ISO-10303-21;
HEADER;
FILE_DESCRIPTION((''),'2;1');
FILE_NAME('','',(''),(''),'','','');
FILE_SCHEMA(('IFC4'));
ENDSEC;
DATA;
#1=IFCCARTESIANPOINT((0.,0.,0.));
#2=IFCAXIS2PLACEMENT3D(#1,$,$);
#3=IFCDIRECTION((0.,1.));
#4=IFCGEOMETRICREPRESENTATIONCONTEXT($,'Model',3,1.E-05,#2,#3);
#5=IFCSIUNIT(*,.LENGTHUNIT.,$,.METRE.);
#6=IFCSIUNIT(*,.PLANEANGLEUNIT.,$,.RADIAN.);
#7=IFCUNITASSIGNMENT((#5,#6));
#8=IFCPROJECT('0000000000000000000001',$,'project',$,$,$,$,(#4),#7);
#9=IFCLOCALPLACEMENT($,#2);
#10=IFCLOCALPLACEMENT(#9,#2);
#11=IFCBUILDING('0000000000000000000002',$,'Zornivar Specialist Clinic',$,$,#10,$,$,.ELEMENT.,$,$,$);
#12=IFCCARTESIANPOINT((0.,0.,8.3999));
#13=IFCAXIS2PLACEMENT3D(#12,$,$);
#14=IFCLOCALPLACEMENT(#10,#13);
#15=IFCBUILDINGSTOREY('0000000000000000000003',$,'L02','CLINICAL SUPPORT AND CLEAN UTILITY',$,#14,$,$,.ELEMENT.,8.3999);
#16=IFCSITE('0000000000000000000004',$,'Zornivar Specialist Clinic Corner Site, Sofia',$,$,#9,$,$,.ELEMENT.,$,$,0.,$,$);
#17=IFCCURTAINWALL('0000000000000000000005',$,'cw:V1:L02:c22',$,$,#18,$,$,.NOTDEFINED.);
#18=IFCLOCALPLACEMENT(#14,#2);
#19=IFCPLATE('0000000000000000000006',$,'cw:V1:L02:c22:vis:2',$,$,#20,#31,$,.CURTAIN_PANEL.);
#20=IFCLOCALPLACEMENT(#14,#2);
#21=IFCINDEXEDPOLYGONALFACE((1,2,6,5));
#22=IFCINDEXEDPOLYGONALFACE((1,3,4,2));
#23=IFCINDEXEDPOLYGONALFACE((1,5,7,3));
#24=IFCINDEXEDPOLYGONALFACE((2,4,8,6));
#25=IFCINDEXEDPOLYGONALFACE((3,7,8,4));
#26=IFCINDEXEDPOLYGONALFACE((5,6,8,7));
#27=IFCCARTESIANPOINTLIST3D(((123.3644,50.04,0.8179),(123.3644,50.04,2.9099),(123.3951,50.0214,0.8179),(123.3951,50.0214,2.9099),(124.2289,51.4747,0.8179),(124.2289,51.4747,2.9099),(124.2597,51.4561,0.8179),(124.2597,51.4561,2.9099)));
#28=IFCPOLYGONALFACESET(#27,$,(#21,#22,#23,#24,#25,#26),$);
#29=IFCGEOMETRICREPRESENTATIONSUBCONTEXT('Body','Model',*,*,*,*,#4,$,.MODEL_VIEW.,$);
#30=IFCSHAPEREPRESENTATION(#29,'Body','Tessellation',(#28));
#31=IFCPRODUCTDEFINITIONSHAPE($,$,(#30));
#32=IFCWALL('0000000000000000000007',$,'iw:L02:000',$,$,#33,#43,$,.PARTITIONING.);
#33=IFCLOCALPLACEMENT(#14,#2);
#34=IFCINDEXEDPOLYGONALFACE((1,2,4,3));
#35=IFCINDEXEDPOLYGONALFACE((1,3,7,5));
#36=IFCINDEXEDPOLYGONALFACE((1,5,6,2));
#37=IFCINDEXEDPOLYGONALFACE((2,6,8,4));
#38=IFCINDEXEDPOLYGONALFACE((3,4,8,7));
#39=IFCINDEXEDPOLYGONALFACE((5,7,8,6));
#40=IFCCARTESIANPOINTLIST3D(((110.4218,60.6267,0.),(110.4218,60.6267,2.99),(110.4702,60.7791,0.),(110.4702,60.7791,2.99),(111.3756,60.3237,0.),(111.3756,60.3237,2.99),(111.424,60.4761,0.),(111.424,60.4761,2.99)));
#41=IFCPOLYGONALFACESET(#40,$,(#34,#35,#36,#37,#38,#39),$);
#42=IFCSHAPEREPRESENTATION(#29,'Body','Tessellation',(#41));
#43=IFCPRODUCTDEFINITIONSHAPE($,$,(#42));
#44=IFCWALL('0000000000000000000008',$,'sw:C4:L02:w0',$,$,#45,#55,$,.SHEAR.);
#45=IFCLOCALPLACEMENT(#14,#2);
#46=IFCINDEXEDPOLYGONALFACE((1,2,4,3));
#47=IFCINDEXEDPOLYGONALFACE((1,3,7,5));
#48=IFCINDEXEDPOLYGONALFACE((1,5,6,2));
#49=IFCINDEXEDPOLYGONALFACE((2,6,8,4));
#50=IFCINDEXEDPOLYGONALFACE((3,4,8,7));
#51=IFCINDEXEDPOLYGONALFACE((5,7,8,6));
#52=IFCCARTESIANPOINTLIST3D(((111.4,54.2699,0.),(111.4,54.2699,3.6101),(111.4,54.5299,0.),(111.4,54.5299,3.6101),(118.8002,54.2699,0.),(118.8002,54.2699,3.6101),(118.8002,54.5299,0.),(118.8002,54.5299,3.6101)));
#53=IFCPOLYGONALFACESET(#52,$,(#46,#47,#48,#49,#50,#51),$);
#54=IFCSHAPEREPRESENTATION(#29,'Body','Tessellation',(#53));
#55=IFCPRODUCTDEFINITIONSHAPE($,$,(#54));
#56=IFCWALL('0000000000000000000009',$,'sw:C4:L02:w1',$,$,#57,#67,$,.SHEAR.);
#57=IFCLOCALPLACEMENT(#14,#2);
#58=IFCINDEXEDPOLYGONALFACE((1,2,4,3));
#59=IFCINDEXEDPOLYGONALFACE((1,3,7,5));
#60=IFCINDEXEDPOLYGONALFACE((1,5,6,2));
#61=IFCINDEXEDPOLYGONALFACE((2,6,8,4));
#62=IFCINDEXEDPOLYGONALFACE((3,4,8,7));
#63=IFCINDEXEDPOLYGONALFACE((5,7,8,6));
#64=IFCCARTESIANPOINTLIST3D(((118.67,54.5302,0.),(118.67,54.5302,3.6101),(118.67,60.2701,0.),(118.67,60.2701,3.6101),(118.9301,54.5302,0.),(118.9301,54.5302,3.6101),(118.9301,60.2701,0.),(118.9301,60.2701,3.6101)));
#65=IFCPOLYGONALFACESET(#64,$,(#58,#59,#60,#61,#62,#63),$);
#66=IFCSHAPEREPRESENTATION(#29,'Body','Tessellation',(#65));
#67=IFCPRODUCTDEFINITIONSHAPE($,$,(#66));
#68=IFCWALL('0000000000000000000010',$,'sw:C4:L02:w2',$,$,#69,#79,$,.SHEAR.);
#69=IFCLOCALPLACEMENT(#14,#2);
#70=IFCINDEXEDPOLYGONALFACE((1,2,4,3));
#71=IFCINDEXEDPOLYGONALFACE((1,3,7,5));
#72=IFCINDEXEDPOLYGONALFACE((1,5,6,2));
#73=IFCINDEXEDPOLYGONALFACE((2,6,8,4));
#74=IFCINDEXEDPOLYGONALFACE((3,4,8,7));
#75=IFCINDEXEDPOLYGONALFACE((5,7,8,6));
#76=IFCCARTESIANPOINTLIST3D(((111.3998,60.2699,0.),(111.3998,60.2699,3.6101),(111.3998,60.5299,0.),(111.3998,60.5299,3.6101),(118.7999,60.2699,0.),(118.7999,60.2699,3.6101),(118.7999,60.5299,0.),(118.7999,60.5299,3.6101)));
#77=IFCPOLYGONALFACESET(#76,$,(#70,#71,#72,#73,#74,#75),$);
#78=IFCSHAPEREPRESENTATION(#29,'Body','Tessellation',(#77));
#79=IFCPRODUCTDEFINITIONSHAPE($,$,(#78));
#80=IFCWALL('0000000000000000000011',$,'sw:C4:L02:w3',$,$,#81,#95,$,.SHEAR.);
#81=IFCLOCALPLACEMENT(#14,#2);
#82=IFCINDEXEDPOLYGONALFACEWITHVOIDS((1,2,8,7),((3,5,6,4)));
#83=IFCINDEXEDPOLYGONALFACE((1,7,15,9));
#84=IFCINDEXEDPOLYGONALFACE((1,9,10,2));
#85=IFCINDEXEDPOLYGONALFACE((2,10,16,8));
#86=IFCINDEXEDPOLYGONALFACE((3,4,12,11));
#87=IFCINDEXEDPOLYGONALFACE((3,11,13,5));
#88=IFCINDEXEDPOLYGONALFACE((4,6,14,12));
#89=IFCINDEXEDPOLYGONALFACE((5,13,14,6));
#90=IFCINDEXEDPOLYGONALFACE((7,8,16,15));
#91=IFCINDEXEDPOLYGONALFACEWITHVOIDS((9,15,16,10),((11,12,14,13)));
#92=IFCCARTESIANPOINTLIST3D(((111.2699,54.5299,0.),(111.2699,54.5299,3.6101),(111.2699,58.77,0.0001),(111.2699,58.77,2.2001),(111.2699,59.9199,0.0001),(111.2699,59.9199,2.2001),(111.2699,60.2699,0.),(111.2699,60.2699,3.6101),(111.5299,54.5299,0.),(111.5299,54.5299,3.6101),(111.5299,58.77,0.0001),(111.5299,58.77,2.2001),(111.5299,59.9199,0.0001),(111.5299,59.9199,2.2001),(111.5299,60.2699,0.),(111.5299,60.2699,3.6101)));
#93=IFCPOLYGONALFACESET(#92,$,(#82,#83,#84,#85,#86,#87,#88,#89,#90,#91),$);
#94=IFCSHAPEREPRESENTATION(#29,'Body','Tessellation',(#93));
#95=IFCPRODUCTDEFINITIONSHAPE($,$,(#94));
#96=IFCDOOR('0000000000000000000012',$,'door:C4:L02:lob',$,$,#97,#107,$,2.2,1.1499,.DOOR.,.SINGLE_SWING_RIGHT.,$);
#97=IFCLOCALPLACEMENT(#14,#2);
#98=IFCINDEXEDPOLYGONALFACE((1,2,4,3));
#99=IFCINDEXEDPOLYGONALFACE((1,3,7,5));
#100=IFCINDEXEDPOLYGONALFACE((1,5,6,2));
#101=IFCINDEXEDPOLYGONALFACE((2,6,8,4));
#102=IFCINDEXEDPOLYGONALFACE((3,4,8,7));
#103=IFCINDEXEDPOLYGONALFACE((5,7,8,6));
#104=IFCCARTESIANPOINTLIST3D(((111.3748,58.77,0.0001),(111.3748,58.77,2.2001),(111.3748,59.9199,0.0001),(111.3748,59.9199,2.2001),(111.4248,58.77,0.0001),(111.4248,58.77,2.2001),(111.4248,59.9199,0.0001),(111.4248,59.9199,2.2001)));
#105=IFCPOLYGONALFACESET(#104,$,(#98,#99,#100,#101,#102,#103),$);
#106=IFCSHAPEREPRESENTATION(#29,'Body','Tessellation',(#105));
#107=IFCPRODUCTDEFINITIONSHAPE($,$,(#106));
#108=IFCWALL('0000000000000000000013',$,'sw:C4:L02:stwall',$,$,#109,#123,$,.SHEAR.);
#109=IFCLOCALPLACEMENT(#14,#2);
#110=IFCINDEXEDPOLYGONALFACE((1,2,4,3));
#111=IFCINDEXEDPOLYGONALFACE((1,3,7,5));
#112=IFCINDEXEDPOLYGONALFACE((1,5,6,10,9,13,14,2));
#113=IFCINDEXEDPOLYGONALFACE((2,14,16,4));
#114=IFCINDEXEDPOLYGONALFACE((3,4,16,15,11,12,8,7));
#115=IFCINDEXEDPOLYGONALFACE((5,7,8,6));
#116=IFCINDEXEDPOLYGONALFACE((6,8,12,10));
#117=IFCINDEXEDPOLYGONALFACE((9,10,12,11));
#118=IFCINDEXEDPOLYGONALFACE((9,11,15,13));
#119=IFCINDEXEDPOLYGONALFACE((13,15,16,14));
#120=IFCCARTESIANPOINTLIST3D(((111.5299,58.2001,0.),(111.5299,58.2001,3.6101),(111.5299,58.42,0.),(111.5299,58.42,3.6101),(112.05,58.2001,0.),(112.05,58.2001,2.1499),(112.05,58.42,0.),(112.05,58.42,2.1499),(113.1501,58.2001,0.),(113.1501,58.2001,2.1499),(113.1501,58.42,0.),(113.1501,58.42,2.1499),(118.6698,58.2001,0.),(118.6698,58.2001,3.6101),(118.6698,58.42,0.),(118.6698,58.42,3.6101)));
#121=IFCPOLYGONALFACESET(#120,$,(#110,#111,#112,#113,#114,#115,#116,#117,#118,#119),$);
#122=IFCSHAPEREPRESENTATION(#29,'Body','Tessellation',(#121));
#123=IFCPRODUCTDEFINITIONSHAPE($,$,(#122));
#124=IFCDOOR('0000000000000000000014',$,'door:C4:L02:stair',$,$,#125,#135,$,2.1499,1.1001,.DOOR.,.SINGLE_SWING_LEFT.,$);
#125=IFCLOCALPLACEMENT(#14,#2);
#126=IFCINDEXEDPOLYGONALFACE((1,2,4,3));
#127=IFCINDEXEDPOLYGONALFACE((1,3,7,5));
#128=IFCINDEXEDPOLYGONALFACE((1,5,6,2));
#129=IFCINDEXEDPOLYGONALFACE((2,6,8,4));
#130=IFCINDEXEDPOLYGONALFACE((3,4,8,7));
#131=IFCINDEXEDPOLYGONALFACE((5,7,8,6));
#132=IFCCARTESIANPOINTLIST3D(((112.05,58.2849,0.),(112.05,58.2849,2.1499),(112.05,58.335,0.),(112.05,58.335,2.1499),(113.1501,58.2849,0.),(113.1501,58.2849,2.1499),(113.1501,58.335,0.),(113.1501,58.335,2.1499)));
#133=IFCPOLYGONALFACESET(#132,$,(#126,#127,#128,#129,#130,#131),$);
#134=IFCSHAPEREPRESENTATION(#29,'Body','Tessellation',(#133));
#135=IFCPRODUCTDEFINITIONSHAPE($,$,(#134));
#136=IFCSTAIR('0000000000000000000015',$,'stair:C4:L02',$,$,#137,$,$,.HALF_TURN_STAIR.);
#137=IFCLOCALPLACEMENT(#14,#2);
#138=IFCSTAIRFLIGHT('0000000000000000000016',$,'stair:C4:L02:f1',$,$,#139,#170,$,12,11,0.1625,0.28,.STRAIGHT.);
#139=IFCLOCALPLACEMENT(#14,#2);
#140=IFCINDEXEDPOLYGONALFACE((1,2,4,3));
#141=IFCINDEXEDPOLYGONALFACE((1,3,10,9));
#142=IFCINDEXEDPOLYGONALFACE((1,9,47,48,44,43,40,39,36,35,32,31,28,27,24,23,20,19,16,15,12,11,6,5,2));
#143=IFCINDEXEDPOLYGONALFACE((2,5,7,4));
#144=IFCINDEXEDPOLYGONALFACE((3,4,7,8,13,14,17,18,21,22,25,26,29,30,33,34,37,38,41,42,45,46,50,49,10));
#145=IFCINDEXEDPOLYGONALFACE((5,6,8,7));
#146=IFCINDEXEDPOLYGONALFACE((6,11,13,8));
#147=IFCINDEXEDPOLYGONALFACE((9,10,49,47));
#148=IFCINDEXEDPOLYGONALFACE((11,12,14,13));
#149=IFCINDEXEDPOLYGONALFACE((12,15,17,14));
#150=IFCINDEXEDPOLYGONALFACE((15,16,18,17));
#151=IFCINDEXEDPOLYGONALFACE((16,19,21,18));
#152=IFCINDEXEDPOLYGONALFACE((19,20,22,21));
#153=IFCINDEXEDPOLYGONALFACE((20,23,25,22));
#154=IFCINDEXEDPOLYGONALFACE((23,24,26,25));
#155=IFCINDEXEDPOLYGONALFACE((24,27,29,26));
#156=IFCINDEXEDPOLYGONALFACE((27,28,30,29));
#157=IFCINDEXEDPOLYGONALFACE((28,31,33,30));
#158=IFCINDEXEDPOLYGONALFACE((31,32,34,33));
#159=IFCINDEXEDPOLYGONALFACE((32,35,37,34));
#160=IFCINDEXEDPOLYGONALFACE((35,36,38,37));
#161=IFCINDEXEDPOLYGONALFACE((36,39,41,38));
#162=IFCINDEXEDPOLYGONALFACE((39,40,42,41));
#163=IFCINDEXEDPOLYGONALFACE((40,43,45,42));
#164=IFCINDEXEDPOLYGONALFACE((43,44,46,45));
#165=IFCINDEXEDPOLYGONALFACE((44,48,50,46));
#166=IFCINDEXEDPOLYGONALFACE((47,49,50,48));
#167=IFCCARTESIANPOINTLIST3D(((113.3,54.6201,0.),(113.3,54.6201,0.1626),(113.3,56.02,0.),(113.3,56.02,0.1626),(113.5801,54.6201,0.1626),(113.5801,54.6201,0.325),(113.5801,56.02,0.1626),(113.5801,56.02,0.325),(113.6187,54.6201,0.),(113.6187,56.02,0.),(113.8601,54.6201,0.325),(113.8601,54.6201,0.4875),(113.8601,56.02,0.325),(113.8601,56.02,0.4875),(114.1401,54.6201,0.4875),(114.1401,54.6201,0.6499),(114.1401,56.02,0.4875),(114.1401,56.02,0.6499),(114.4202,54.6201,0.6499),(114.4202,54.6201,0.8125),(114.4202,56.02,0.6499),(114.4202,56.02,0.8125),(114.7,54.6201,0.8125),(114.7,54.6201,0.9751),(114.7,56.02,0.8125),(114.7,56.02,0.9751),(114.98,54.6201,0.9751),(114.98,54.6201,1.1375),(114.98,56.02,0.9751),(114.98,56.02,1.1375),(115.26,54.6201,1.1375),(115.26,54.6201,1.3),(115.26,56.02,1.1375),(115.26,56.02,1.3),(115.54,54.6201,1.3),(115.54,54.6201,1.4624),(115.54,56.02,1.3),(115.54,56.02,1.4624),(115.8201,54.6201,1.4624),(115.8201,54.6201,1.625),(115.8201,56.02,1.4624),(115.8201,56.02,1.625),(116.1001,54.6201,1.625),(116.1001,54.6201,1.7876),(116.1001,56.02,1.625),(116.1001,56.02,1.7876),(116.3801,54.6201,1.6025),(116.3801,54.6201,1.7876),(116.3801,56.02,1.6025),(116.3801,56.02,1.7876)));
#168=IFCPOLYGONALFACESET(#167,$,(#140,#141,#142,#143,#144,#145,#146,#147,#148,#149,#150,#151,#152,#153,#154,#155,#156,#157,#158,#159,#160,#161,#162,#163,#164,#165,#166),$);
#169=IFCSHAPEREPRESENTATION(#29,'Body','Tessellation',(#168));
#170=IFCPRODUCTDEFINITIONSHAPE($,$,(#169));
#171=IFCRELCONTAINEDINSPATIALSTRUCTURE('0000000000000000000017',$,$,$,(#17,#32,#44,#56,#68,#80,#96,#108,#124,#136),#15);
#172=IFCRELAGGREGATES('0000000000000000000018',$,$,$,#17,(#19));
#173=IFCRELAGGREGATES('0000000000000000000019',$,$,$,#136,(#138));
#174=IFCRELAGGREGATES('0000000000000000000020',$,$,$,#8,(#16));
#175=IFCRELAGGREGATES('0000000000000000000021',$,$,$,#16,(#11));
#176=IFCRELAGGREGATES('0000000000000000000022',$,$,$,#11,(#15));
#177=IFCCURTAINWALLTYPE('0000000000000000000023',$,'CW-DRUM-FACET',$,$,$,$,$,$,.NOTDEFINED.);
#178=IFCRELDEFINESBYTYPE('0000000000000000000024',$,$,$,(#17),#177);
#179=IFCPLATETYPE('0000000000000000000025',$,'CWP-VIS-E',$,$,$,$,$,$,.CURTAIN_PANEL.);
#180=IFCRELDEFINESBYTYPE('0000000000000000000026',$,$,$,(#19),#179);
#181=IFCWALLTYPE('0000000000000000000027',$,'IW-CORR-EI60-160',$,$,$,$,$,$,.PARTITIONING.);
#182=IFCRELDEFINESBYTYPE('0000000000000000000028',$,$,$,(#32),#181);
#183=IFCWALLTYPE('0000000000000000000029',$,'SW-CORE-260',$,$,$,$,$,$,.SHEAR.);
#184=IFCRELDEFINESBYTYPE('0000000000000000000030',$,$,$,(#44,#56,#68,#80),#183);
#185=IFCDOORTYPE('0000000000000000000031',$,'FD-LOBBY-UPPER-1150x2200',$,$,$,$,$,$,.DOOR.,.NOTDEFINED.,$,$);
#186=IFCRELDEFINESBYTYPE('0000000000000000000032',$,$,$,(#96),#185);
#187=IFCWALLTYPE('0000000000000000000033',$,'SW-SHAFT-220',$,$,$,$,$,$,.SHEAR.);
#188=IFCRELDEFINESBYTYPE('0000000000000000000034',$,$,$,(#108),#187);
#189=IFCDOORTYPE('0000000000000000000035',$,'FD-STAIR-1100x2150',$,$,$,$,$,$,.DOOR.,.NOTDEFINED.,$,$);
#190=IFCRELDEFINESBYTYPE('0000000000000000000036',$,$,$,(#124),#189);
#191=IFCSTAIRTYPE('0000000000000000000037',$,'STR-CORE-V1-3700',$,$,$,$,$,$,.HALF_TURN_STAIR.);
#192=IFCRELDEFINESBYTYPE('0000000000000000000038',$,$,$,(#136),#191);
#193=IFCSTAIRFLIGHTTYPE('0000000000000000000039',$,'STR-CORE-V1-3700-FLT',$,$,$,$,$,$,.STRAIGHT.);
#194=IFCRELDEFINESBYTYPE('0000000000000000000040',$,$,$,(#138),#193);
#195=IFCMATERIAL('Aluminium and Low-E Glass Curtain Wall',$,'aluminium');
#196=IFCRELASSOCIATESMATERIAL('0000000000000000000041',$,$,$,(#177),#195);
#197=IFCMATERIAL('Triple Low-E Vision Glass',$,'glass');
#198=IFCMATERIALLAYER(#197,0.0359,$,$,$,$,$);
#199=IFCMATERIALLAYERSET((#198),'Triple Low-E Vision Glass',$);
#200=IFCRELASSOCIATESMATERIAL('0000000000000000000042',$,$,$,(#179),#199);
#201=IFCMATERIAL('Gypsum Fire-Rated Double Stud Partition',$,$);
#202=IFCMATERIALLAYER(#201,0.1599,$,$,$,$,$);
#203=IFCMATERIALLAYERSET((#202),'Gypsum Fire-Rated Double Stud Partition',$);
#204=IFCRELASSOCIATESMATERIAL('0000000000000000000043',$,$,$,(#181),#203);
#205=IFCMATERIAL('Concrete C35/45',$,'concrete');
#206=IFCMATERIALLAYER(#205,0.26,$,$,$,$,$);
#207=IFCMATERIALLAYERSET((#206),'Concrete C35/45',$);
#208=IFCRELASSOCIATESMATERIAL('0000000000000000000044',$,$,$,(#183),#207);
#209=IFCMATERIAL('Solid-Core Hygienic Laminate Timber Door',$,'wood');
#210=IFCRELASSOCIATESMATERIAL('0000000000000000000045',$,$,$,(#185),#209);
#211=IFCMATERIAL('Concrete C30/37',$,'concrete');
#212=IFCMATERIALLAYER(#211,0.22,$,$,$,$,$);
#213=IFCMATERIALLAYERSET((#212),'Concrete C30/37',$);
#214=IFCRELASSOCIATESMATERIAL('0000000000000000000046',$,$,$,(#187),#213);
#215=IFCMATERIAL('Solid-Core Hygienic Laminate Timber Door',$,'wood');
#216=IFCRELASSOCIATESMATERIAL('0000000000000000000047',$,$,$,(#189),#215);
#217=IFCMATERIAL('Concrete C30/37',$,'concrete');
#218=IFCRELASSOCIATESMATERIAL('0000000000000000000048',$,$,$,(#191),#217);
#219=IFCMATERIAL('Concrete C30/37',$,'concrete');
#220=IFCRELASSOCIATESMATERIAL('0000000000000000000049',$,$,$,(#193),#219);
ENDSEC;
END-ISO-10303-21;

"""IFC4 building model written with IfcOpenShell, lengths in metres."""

from ifc_helpers import new_model, si_unit, direction, frame, frame_2d, origin, origin_2d, place, context, subcontext, project, spatial, polyline, rectangle, outline, extrude, material, layer, layer_set, type_object, element, fill, aggregate, save


model = new_model("IFC4")

# Units and contexts
model_context = context("Model", 3, precision=1e-05, world=origin(), true_north=direction((0.0, 1.0)))
body_context = subcontext(model_context, "Body", "Model", "MODEL_VIEW")
ifc_project = project(units=[si_unit("LENGTHUNIT", "METRE"), si_unit("PLANEANGLEUNIT", "RADIAN")], contexts=[model_context])

# Site, building, storey
site_placement = place(None, origin())
site = spatial("IfcSite", under=ifc_project, at=site_placement, Name="Zornivar Specialist Clinic Corner Site, Sofia", CompositionType="ELEMENT", RefElevation=0.0)
building_placement = place(site_placement, origin())
building = spatial("IfcBuilding", under=site, at=building_placement, Name="Zornivar Specialist Clinic", CompositionType="ELEMENT")
storey_placement = place(building_placement, frame((0.0, 0.0, 8.3999)))
storey = spatial("IfcBuildingStorey", under=building, at=storey_placement, Name="L02", Description="CLINICAL SUPPORT AND CLEAN UTILITY", CompositionType="ELEMENT", Elevation=8.3999)

# Curtain wall, plate
ifc_material_1 = material(Name="Aluminium and Low-E Glass Curtain Wall", Category="aluminium")
curtain_wall_type = type_object("IfcCurtainWallType", Name="CW-DRUM-FACET", PredefinedType="NOTDEFINED", material=ifc_material_1)
curtain_wall_placement = place(storey_placement, origin())
curtain_wall = element("IfcCurtainWall", 1, at=curtain_wall_placement, inside=storey, type_object=curtain_wall_type, Name="cw:V1:L02:c22", PredefinedType="NOTDEFINED")
ifc_material_2 = material(Name="Triple Low-E Vision Glass", Category="glass")
ifc_layer_1 = layer(ifc_material_2, 0.0359)
ifc_layer_set_1 = layer_set([ifc_layer_1], Name="Triple Low-E Vision Glass")
plate_type_1 = type_object("IfcPlateType", Name="CWP-VIS-E", PredefinedType="CURTAIN_PANEL", material=ifc_layer_set_1)
plate_1_placement = place(storey_placement, frame((123.812, 50.748, 0.8179), z_axis=(0.0, 0.0, 1.0), x_axis=(0.516127, 0.856512, 0.0)))
plate_1 = element("IfcPlate", 2, at=plate_1_placement, type_object=plate_type_1, Name="cw:V1:L02:c22:vis:2", PredefinedType="CURTAIN_PANEL", context=body_context, shape_type="SweptSolid", body=[
    extrude(rectangle(XDim=1.675, YDim=0.0359, at=origin_2d()), origin(), (0.0, 0.0, 1.0), 2.092),
])
aggregate(curtain_wall, [plate_1])

# Walls
ifc_material_3 = material(Name="Gypsum Fire-Rated Double Stud Partition")
ifc_layer_2 = layer(ifc_material_3, 0.1599)
ifc_layer_set_2 = layer_set([ifc_layer_2], Name="Gypsum Fire-Rated Double Stud Partition")
wall_type_1 = type_object("IfcWallType", Name="IW-CORR-EI60-160", PredefinedType="PARTITIONING", material=ifc_layer_set_2)
wall_1_placement = place(storey_placement, frame((111.3999, 60.3999, 0.0), z_axis=(0.0, 0.0, 1.0), x_axis=(-0.953076, 0.30273, 0.0)))
element("IfcWall", 3, at=wall_1_placement, inside=storey, type_object=wall_type_1, Name="iw:L02:000", PredefinedType="PARTITIONING", context=body_context, shape_type="SweptSolid", body=[
    extrude(rectangle(XDim=1.0007, YDim=0.1599, at=frame_2d((0.5005, 0.0))), origin(), (0.0, 0.0, 1.0), 2.99),
])
ifc_material_4 = material(Name="Concrete C35/45", Category="concrete")
ifc_layer_3 = layer(ifc_material_4, 0.26)
ifc_layer_set_3 = layer_set([ifc_layer_3], Name="Concrete C35/45")
wall_type_2 = type_object("IfcWallType", Name="SW-CORE-260", PredefinedType="SHEAR", material=ifc_layer_set_3)
wall_2_placement = place(storey_placement, frame((111.3999, 54.3999, 0.0), z_axis=(0.0, 0.0, 1.0), x_axis=(1.0, 0.0, 0.0)))
element("IfcWall", 4, at=wall_2_placement, inside=storey, type_object=wall_type_2, Name="sw:C4:L02:w0", PredefinedType="SHEAR", context=body_context, shape_type="SweptSolid", body=[
    extrude(rectangle(XDim=7.4001, YDim=0.26, at=frame_2d((3.7002, 0.0))), origin(), (0.0, 0.0, 1.0), 3.6101),
])
wall_3_placement = place(storey_placement, frame((118.8, 54.53, 0.0), z_axis=(0.0, 0.0, 1.0), x_axis=(0.0, 1.0, 0.0)))
element("IfcWall", 5, at=wall_3_placement, inside=storey, type_object=wall_type_2, Name="sw:C4:L02:w1", PredefinedType="SHEAR", context=body_context, shape_type="SweptSolid", body=[
    extrude(rectangle(XDim=5.74, YDim=0.26, at=frame_2d((2.8701, 0.0))), origin(), (0.0, 0.0, 1.0), 3.6101),
])
wall_4_placement = place(storey_placement, frame((118.8, 60.3999, 0.0), z_axis=(0.0, 0.0, 1.0), x_axis=(-1.0, 0.0, 0.0)))
element("IfcWall", 6, at=wall_4_placement, inside=storey, type_object=wall_type_2, Name="sw:C4:L02:w2", PredefinedType="SHEAR", context=body_context, shape_type="SweptSolid", body=[
    extrude(rectangle(XDim=7.4001, YDim=0.26, at=frame_2d((3.7002, 0.0))), origin(), (0.0, 0.0, 1.0), 3.6101),
])

# Walls, openings, doors
wall_5_placement = place(storey_placement, frame((111.3999, 60.27, 0.0), z_axis=(0.0, 0.0, 1.0), x_axis=(0.0, -1.0, 0.0)))
wall_5 = element("IfcWall", 7, at=wall_5_placement, inside=storey, type_object=wall_type_2, Name="sw:C4:L02:w3", PredefinedType="SHEAR", context=body_context, shape_type="SweptSolid", body=[
    extrude(rectangle(XDim=5.74, YDim=0.26, at=frame_2d((2.8701, 0.0))), origin(), (0.0, 0.0, 1.0), 3.6101),
])
opening_1_placement = place(wall_5_placement, frame((0.3501, 0.0, 0.0)))
opening_1 = element("IfcOpeningElement", 8, at=opening_1_placement, cuts=wall_5, PredefinedType="OPENING", context=body_context, shape_type="SweptSolid", body=[
    extrude(rectangle(XDim=1.1499, YDim=2.2, at=frame_2d((0.575, 1.1001))), frame((0.0, 0.1399, 0.0), z_axis=(0.0, -1.0, 0.0), x_axis=(1.0, 0.0, 0.0)), (0.0, 0.0, 1.0), 0.28),
])
ifc_material_5 = material(Name="Solid-Core Hygienic Laminate Timber Door", Category="wood")
door_type_1 = type_object("IfcDoorType", Name="FD-LOBBY-UPPER-1150x2200", OperationType="NOTDEFINED", PredefinedType="DOOR", material=ifc_material_5)
door_1_placement = place(opening_1_placement, origin())
door_1 = element("IfcDoor", 9, at=door_1_placement, inside=storey, type_object=door_type_1, Name="door:C4:L02:lob", OperationType="SINGLE_SWING_RIGHT", OverallHeight=2.2, OverallWidth=1.1499, PredefinedType="DOOR", context=body_context, shape_type="SweptSolid", body=[
    extrude(rectangle(XDim=1.1499, YDim=2.2, at=frame_2d((0.575, 1.1001))), frame((0.0, 0.0249, 0.0), z_axis=(0.0, -1.0, 0.0), x_axis=(1.0, 0.0, 0.0)), (0.0, 0.0, 1.0), 0.05),
])
fill(opening_1, door_1)
ifc_material_6 = material(Name="Concrete C30/37", Category="concrete")
ifc_layer_4 = layer(ifc_material_6, 0.22)
ifc_layer_set_4 = layer_set([ifc_layer_4], Name="Concrete C30/37")
wall_type_3 = type_object("IfcWallType", Name="SW-SHAFT-220", PredefinedType="SHEAR", material=ifc_layer_set_4)
wall_6_placement = place(storey_placement, frame((111.53, 58.3101, 0.0), z_axis=(0.0, 0.0, 1.0), x_axis=(1.0, 0.0, 0.0)))
wall_6 = element("IfcWall", 10, at=wall_6_placement, inside=storey, type_object=wall_type_3, Name="sw:C4:L02:stwall", PredefinedType="SHEAR", context=body_context, shape_type="SweptSolid", body=[
    extrude(rectangle(XDim=7.1399, YDim=0.22, at=frame_2d((3.5698, 0.0))), origin(), (0.0, 0.0, 1.0), 3.6101),
])
opening_2_placement = place(wall_6_placement, frame((0.52, 0.0, 0.0)))
opening_2 = element("IfcOpeningElement", 11, at=opening_2_placement, cuts=wall_6, PredefinedType="OPENING", context=body_context, shape_type="SweptSolid", body=[
    extrude(rectangle(XDim=1.1001, YDim=2.1499, at=frame_2d((0.55, 1.075))), frame((0.0, 0.1199, 0.0), z_axis=(0.0, -1.0, 0.0), x_axis=(1.0, 0.0, 0.0)), (0.0, 0.0, 1.0), 0.24),
])
ifc_material_7 = material(Name="Solid-Core Hygienic Laminate Timber Door", Category="wood")
door_type_2 = type_object("IfcDoorType", Name="FD-STAIR-1100x2150", OperationType="NOTDEFINED", PredefinedType="DOOR", material=ifc_material_7)
door_2_placement = place(opening_2_placement, origin())
door_2 = element("IfcDoor", 12, at=door_2_placement, inside=storey, type_object=door_type_2, Name="door:C4:L02:stair", OperationType="SINGLE_SWING_LEFT", OverallHeight=2.1499, OverallWidth=1.1001, PredefinedType="DOOR", context=body_context, shape_type="SweptSolid", body=[
    extrude(rectangle(XDim=1.1001, YDim=2.1499, at=frame_2d((0.55, 1.075))), frame((0.0, 0.0249, 0.0), z_axis=(0.0, -1.0, 0.0), x_axis=(1.0, 0.0, 0.0)), (0.0, 0.0, 1.0), 0.05),
])
fill(opening_2, door_2)

# Stair, stair flight
ifc_material_8 = material(Name="Concrete C30/37", Category="concrete")
stair_type = type_object("IfcStairType", Name="STR-CORE-V1-3700", PredefinedType="HALF_TURN_STAIR", material=ifc_material_8)
stair_placement = place(storey_placement, origin())
stair = element("IfcStair", 13, at=stair_placement, inside=storey, type_object=stair_type, Name="stair:C4:L02", PredefinedType="HALF_TURN_STAIR")
ifc_material_9 = material(Name="Concrete C30/37", Category="concrete")
stair_flight_type = type_object("IfcStairFlightType", Name="STR-CORE-V1-3700-FLT", PredefinedType="STRAIGHT", material=ifc_material_9)
stair_flight_1_placement = place(storey_placement, frame((113.3, 55.3201, 0.0), z_axis=(0.0, 0.0, 1.0), x_axis=(1.0, 0.0, 0.0)))
stair_flight_1 = element("IfcStairFlight", 14, at=stair_flight_1_placement, type_object=stair_flight_type, Name="stair:C4:L02:f1", NumberOfRisers=12, NumberOfTreads=11, PredefinedType="STRAIGHT", RiserHeight=0.1625, TreadLength=0.28, context=body_context, shape_type="SweptSolid", body=[
    extrude(outline(polyline([(0.0, 0.0), (0.0, 0.1626), (0.28, 0.1626), (0.28, 0.325), (0.5601, 0.325), (0.5601, 0.4875), (0.8401, 0.4875), (0.8401, 0.6499), (1.1201, 0.6499), (1.1201, 0.8125), (1.3999, 0.8125), (1.3999, 0.9751), (1.6799, 0.9751), (1.6799, 1.1375), (1.96, 1.1375), (1.96, 1.3), (2.24, 1.3), (2.24, 1.4624), (2.52, 1.4624), (2.52, 1.625), (2.8, 1.625), (2.8, 1.7876), (3.0801, 1.7876), (3.0801, 1.95), (3.0801, 1.6025), (0.3186, 0.0), (0.0, 0.0)])), frame((0.0, 0.7, 0.0), z_axis=(0.0, -1.0, 0.0), x_axis=(1.0, 0.0, 0.0)), (0.0, 0.0, 1.0), 1.3999),
])
aggregate(stair, [stair_flight_1])

save(model, "model.ifc")
